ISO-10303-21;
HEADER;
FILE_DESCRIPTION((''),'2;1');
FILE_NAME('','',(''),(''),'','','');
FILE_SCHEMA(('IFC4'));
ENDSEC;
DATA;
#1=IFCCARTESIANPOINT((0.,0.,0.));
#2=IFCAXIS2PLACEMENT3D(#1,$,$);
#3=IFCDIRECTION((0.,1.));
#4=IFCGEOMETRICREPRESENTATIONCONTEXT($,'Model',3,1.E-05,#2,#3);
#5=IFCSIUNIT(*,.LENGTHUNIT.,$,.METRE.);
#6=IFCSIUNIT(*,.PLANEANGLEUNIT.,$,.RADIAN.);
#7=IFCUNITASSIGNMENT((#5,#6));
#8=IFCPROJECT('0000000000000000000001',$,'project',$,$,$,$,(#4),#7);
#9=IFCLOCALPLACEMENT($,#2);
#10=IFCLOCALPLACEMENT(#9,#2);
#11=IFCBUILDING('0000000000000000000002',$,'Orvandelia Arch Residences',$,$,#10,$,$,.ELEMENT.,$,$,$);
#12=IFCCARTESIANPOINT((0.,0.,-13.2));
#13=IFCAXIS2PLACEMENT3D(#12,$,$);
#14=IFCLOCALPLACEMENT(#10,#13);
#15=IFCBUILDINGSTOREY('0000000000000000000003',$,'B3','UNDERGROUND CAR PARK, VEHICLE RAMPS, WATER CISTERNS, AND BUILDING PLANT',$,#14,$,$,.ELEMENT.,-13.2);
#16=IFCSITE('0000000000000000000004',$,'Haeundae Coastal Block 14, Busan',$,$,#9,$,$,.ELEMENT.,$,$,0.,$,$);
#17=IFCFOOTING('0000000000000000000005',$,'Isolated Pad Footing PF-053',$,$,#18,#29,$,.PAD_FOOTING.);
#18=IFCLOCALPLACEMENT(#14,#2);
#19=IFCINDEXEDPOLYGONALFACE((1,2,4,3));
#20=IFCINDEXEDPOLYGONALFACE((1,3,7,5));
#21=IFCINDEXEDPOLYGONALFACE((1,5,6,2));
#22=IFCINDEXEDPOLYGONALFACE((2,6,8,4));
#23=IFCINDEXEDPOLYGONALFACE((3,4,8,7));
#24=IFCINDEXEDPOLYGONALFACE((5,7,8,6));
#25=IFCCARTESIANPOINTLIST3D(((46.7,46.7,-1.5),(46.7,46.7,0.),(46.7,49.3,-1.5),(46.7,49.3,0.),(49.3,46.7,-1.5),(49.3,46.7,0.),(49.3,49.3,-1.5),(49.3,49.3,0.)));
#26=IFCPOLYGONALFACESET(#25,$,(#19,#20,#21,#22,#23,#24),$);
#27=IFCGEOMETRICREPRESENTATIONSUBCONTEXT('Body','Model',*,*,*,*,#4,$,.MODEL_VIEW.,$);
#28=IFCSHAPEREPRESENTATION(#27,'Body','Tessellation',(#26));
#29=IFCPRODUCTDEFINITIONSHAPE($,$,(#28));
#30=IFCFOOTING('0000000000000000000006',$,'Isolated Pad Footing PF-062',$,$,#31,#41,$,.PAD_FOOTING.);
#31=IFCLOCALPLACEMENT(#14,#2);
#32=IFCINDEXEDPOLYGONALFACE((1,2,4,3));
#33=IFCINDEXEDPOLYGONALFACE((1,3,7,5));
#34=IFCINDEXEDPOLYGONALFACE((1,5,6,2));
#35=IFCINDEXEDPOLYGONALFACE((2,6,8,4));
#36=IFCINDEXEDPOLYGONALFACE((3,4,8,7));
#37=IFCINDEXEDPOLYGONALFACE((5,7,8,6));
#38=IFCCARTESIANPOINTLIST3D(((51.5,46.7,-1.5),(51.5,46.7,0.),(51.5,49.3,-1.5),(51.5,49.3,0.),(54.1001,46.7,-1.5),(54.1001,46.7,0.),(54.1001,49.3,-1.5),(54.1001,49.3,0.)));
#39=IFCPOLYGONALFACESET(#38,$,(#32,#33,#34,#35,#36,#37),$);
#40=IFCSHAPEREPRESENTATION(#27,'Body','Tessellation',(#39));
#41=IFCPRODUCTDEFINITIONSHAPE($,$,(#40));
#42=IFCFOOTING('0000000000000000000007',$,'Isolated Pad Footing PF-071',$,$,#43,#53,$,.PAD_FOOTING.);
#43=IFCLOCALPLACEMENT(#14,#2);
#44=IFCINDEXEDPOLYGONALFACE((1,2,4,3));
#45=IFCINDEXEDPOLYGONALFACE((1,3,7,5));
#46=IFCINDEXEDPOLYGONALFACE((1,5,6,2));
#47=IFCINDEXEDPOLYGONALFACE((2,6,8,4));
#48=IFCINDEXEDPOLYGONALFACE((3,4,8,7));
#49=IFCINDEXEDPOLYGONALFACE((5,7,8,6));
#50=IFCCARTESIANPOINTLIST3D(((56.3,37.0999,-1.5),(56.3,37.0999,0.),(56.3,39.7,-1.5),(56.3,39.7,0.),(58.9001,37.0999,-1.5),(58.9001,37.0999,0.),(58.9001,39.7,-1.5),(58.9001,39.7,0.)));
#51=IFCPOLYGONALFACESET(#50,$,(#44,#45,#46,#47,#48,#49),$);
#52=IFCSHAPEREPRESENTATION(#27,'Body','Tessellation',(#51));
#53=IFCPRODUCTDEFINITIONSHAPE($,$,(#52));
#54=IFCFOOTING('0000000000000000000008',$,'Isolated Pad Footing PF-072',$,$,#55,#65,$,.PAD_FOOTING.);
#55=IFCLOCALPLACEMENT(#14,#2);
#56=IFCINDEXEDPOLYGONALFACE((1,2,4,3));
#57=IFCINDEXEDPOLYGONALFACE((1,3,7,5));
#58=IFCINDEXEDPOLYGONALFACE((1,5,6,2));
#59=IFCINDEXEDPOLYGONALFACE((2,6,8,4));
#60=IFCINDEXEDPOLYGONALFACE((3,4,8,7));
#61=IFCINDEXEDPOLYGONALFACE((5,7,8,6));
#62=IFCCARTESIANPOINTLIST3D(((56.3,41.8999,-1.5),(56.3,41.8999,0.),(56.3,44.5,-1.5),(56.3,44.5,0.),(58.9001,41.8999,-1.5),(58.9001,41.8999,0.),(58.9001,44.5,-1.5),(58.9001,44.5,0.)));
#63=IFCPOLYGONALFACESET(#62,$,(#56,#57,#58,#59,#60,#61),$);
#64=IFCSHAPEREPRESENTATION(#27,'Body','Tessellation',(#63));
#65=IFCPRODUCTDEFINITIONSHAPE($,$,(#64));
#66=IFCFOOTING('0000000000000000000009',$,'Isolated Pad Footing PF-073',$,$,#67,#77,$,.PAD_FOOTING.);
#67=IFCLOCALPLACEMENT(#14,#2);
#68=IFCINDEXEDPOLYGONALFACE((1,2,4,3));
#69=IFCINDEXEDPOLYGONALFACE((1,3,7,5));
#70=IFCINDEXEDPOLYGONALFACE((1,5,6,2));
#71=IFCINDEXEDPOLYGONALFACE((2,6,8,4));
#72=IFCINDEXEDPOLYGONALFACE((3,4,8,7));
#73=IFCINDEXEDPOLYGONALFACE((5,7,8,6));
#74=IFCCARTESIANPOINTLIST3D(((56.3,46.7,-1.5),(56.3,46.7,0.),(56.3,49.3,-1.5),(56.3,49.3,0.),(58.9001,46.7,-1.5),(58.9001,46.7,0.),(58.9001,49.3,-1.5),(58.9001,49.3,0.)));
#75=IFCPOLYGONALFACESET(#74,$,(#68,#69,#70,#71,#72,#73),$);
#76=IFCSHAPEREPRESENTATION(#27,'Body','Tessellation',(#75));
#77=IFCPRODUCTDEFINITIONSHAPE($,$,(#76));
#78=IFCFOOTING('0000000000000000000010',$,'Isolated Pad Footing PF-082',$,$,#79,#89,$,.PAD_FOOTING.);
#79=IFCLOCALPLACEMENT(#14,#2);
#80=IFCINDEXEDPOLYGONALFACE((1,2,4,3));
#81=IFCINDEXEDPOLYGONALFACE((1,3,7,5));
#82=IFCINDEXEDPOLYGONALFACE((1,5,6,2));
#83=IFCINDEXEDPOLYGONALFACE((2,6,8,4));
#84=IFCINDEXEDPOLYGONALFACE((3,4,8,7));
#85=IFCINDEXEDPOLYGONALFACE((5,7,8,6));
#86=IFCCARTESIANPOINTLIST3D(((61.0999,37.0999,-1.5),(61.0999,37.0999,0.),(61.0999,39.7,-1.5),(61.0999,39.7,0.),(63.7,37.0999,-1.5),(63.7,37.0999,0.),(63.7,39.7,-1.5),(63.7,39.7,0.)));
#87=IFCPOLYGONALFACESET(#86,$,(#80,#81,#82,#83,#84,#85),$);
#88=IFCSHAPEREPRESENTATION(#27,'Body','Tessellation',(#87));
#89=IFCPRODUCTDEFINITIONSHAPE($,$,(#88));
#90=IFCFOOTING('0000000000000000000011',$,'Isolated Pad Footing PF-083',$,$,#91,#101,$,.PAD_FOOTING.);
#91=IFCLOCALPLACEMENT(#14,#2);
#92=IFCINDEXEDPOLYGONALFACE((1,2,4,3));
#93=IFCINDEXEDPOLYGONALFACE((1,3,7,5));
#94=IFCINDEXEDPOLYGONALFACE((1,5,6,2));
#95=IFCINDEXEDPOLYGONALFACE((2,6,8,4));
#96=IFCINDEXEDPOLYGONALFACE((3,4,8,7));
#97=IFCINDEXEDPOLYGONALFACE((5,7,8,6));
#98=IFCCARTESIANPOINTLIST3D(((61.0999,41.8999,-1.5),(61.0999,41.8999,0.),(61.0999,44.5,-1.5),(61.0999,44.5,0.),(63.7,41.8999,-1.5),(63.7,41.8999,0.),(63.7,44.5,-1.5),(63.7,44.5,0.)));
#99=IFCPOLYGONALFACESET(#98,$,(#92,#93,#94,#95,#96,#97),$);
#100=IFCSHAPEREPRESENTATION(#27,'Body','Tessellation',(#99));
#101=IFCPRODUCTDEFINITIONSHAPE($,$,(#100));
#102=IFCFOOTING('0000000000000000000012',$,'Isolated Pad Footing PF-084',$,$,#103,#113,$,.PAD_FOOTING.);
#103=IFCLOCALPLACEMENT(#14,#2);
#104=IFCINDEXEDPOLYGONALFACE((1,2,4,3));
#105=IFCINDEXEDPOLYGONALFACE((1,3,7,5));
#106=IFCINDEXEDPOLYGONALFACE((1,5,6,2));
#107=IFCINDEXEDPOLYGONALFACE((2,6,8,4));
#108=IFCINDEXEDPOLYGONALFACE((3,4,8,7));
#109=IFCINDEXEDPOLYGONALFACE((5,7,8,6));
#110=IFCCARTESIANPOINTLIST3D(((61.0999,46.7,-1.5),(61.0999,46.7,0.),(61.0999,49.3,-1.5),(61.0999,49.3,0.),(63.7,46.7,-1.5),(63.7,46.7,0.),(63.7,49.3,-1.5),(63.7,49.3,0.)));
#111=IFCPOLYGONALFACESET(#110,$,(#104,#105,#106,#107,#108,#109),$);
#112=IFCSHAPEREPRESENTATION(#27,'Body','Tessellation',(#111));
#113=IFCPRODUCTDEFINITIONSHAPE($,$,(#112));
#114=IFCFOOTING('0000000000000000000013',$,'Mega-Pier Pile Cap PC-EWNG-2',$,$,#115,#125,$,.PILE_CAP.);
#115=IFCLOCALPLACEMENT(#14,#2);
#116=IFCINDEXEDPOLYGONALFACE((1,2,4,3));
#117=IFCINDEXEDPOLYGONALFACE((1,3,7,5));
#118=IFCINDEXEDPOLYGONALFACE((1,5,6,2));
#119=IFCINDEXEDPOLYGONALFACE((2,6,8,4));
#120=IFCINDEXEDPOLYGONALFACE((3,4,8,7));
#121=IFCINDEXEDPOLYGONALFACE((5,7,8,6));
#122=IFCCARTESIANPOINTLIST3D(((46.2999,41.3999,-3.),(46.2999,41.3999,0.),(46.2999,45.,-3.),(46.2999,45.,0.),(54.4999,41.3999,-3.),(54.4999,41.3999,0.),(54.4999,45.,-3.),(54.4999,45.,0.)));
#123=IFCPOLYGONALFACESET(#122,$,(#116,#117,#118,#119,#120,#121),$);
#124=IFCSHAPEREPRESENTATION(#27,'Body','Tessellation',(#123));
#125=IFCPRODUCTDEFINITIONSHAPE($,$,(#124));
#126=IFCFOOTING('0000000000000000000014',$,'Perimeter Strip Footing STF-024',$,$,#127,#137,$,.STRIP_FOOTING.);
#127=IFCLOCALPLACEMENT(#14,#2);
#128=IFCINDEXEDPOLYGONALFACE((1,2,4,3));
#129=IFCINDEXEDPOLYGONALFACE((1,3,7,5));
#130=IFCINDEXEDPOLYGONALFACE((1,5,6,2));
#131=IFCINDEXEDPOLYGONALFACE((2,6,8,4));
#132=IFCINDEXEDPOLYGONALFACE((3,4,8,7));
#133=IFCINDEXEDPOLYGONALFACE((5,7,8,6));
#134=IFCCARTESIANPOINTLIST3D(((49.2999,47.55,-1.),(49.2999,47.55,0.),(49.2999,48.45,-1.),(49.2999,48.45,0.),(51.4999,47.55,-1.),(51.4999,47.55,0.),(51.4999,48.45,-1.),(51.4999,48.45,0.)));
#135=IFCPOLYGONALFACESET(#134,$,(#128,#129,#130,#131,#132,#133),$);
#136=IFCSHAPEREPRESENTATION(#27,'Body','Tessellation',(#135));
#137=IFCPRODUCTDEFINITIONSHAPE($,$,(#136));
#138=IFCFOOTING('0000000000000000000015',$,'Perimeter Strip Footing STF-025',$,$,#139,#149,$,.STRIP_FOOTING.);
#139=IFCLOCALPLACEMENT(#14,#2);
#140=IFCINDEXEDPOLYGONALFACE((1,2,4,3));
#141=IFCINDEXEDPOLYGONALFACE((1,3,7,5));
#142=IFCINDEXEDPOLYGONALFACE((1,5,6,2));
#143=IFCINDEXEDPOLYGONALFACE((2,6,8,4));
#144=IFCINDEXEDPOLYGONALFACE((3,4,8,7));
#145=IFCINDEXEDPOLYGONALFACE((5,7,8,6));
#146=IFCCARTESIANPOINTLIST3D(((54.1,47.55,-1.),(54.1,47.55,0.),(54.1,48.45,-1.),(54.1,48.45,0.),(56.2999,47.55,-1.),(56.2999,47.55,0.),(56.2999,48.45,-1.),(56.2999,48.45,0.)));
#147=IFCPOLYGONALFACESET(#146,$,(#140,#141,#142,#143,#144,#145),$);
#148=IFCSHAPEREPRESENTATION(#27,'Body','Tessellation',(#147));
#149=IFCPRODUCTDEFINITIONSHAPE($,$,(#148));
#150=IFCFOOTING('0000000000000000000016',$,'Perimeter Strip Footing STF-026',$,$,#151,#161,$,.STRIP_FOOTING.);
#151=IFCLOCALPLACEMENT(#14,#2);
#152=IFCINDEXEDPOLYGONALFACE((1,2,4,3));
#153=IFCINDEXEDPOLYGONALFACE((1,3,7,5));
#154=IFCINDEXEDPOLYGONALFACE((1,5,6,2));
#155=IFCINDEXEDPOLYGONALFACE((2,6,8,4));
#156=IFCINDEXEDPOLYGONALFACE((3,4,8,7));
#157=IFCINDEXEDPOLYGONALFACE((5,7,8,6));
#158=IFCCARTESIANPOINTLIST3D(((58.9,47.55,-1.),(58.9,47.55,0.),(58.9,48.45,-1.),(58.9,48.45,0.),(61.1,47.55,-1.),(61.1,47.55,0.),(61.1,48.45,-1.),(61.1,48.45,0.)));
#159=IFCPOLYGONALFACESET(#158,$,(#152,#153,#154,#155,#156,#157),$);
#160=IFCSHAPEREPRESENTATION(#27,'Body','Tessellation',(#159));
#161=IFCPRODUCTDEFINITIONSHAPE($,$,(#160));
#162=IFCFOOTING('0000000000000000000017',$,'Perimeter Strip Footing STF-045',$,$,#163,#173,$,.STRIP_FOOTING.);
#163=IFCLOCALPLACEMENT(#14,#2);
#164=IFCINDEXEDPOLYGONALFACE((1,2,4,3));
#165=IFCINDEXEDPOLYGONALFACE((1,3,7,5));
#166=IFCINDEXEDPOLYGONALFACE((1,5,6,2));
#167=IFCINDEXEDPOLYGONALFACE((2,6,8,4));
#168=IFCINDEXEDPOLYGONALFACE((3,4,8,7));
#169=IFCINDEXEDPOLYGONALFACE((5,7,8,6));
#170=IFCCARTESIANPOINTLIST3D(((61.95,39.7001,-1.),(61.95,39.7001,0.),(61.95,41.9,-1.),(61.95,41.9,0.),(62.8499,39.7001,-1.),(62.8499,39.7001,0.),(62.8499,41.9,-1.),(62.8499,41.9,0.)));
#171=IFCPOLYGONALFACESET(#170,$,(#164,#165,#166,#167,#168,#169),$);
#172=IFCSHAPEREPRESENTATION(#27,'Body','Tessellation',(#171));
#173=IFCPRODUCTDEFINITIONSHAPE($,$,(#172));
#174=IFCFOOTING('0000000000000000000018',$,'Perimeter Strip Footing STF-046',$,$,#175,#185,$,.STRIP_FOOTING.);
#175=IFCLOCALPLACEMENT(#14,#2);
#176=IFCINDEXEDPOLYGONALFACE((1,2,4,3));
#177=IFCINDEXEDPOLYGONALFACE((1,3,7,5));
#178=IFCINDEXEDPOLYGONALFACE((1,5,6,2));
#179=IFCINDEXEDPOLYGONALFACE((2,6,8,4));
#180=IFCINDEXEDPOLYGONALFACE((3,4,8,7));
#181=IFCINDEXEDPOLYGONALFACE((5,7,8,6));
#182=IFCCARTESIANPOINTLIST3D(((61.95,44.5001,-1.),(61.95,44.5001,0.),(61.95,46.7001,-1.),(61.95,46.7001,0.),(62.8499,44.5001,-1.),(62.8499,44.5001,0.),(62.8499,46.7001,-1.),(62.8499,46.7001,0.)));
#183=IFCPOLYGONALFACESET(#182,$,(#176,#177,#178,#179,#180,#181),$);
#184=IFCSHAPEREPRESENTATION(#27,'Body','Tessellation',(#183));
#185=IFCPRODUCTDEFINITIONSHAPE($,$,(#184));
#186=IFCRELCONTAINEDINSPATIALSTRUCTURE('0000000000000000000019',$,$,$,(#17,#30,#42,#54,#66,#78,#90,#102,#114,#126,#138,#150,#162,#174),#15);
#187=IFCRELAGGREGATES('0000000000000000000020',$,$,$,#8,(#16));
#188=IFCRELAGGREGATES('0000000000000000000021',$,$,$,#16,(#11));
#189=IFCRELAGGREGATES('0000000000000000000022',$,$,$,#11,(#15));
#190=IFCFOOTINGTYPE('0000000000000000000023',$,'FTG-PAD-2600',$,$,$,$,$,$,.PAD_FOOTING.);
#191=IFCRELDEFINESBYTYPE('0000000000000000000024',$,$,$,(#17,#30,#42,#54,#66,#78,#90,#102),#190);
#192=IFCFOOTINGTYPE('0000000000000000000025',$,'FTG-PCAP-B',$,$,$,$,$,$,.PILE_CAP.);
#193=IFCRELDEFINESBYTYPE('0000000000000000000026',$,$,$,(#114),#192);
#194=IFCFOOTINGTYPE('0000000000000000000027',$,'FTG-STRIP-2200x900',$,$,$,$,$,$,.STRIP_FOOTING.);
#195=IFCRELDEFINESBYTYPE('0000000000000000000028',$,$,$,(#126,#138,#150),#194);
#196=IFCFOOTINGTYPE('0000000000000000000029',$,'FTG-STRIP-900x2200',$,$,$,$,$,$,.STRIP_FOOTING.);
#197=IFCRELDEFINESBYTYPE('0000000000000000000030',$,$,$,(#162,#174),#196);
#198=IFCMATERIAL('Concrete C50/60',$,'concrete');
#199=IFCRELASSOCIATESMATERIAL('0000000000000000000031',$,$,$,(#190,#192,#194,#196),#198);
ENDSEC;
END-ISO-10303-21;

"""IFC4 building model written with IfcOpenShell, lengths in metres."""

from ifc_helpers import new_model, si_unit, direction, frame, origin, origin_2d, place, context, subcontext, project, spatial, rectangle, extrude, material, type_object, element, save


model = new_model("IFC4")

# Units and contexts
model_context = context("Model", 3, precision=1e-05, world=origin(), true_north=direction((0.0, 1.0)))
body_context = subcontext(model_context, "Body", "Model", "MODEL_VIEW")
ifc_project = project(units=[si_unit("LENGTHUNIT", "METRE"), si_unit("PLANEANGLEUNIT", "RADIAN")], contexts=[model_context])

# Site, building, storey
site_placement = place(None, origin())
site = spatial("IfcSite", under=ifc_project, at=site_placement, Name="Haeundae Coastal Block 14, Busan", CompositionType="ELEMENT", RefElevation=0.0)
building_placement = place(site_placement, origin())
building = spatial("IfcBuilding", under=site, at=building_placement, Name="Orvandelia Arch Residences", CompositionType="ELEMENT")
storey_placement = place(building_placement, frame((0.0, 0.0, -13.2)))
storey = spatial("IfcBuildingStorey", under=building, at=storey_placement, Name="B3", Description="UNDERGROUND CAR PARK, VEHICLE RAMPS, WATER CISTERNS, AND BUILDING PLANT", CompositionType="ELEMENT", Elevation=-13.2)

# Footings
ifc_material_1 = material(Name="Concrete C50/60", Category="concrete")
footing_type_1 = type_object("IfcFootingType", Name="FTG-PAD-2600", PredefinedType="PAD_FOOTING", material=ifc_material_1)
for number, where, z_axis, x_axis, name in (
    (1, (48.0, 48.0, -1.5), (0.0, 0.0, 1.0), (1.0, 0.0, 0.0), "Isolated Pad Footing PF-053"),
    (2, (52.8, 48.0, -1.5), (0.0, 0.0, 1.0), (1.0, 0.0, 0.0), "Isolated Pad Footing PF-062"),
    (3, (57.6001, 38.3999, -1.5), (0.0, 0.0, 1.0), (1.0, 0.0, 0.0), "Isolated Pad Footing PF-071"),
    (4, (57.6001, 43.2, -1.5), (0.0, 0.0, 1.0), (1.0, 0.0, 0.0), "Isolated Pad Footing PF-072"),
    (5, (57.6001, 48.0, -1.5), (0.0, 0.0, 1.0), (1.0, 0.0, 0.0), "Isolated Pad Footing PF-073"),
    (6, (62.3999, 38.3999, -1.5), (0.0, 0.0, 1.0), (1.0, 0.0, 0.0), "Isolated Pad Footing PF-082"),
    (7, (62.3999, 43.2, -1.5), (0.0, 0.0, 1.0), (1.0, 0.0, 0.0), "Isolated Pad Footing PF-083"),
    (8, (62.3999, 48.0, -1.5), (0.0, 0.0, 1.0), (1.0, 0.0, 0.0), "Isolated Pad Footing PF-084"),
):
    element("IfcFooting", number, at=place(storey_placement, frame(where, z_axis=z_axis, x_axis=x_axis)), inside=storey, type_object=footing_type_1, Name=name, PredefinedType="PAD_FOOTING", context=body_context, shape_type="SweptSolid", body=[
        extrude(rectangle(XDim=2.6001, YDim=2.6001, at=origin_2d()), origin(), (0.0, 0.0, 1.0), 1.5),
    ])
footing_type_2 = type_object("IfcFootingType", Name="FTG-PCAP-B", PredefinedType="PILE_CAP", material=ifc_material_1)
footing_placement = place(storey_placement, frame((50.3999, 43.2, -3.0), z_axis=(0.0, 0.0, 1.0), x_axis=(1.0, 0.0, 0.0)))
element("IfcFooting", 9, at=footing_placement, inside=storey, type_object=footing_type_2, Name="Mega-Pier Pile Cap PC-EWNG-2", PredefinedType="PILE_CAP", context=body_context, shape_type="SweptSolid", body=[
    extrude(rectangle(XDim=8.2, YDim=3.6001, at=origin_2d()), origin(), (0.0, 0.0, 1.0), 3.0),
])
footing_type_3 = type_object("IfcFootingType", Name="FTG-STRIP-2200x900", PredefinedType="STRIP_FOOTING", material=ifc_material_1)
for number, where, z_axis, x_axis, name in (
    (10, (50.3999, 48.0, -1.0), (0.0, 0.0, 1.0), (1.0, 0.0, 0.0), "Perimeter Strip Footing STF-024"),
    (11, (55.2, 48.0, -1.0), (0.0, 0.0, 1.0), (1.0, 0.0, 0.0), "Perimeter Strip Footing STF-025"),
    (12, (60.0, 48.0, -1.0), (0.0, 0.0, 1.0), (1.0, 0.0, 0.0), "Perimeter Strip Footing STF-026"),
):
    element("IfcFooting", number, at=place(storey_placement, frame(where, z_axis=z_axis, x_axis=x_axis)), inside=storey, type_object=footing_type_3, Name=name, PredefinedType="STRIP_FOOTING", context=body_context, shape_type="SweptSolid", body=[
        extrude(rectangle(XDim=2.2, YDim=0.8999, at=origin_2d()), origin(), (0.0, 0.0, 1.0), 1.0),
    ])
footing_type_4 = type_object("IfcFootingType", Name="FTG-STRIP-900x2200", PredefinedType="STRIP_FOOTING", material=ifc_material_1)
for number, where, z_axis, x_axis, name in (
    (13, (62.3999, 40.8, -1.0), (0.0, 0.0, 1.0), (1.0, 0.0, 0.0), "Perimeter Strip Footing STF-045"),
    (14, (62.3999, 45.6001, -1.0), (0.0, 0.0, 1.0), (1.0, 0.0, 0.0), "Perimeter Strip Footing STF-046"),
):
    element("IfcFooting", number, at=place(storey_placement, frame(where, z_axis=z_axis, x_axis=x_axis)), inside=storey, type_object=footing_type_4, Name=name, PredefinedType="STRIP_FOOTING", context=body_context, shape_type="SweptSolid", body=[
        extrude(rectangle(XDim=0.8999, YDim=2.2, at=origin_2d()), origin(), (0.0, 0.0, 1.0), 1.0),
    ])

save(model, "model.ifc")
